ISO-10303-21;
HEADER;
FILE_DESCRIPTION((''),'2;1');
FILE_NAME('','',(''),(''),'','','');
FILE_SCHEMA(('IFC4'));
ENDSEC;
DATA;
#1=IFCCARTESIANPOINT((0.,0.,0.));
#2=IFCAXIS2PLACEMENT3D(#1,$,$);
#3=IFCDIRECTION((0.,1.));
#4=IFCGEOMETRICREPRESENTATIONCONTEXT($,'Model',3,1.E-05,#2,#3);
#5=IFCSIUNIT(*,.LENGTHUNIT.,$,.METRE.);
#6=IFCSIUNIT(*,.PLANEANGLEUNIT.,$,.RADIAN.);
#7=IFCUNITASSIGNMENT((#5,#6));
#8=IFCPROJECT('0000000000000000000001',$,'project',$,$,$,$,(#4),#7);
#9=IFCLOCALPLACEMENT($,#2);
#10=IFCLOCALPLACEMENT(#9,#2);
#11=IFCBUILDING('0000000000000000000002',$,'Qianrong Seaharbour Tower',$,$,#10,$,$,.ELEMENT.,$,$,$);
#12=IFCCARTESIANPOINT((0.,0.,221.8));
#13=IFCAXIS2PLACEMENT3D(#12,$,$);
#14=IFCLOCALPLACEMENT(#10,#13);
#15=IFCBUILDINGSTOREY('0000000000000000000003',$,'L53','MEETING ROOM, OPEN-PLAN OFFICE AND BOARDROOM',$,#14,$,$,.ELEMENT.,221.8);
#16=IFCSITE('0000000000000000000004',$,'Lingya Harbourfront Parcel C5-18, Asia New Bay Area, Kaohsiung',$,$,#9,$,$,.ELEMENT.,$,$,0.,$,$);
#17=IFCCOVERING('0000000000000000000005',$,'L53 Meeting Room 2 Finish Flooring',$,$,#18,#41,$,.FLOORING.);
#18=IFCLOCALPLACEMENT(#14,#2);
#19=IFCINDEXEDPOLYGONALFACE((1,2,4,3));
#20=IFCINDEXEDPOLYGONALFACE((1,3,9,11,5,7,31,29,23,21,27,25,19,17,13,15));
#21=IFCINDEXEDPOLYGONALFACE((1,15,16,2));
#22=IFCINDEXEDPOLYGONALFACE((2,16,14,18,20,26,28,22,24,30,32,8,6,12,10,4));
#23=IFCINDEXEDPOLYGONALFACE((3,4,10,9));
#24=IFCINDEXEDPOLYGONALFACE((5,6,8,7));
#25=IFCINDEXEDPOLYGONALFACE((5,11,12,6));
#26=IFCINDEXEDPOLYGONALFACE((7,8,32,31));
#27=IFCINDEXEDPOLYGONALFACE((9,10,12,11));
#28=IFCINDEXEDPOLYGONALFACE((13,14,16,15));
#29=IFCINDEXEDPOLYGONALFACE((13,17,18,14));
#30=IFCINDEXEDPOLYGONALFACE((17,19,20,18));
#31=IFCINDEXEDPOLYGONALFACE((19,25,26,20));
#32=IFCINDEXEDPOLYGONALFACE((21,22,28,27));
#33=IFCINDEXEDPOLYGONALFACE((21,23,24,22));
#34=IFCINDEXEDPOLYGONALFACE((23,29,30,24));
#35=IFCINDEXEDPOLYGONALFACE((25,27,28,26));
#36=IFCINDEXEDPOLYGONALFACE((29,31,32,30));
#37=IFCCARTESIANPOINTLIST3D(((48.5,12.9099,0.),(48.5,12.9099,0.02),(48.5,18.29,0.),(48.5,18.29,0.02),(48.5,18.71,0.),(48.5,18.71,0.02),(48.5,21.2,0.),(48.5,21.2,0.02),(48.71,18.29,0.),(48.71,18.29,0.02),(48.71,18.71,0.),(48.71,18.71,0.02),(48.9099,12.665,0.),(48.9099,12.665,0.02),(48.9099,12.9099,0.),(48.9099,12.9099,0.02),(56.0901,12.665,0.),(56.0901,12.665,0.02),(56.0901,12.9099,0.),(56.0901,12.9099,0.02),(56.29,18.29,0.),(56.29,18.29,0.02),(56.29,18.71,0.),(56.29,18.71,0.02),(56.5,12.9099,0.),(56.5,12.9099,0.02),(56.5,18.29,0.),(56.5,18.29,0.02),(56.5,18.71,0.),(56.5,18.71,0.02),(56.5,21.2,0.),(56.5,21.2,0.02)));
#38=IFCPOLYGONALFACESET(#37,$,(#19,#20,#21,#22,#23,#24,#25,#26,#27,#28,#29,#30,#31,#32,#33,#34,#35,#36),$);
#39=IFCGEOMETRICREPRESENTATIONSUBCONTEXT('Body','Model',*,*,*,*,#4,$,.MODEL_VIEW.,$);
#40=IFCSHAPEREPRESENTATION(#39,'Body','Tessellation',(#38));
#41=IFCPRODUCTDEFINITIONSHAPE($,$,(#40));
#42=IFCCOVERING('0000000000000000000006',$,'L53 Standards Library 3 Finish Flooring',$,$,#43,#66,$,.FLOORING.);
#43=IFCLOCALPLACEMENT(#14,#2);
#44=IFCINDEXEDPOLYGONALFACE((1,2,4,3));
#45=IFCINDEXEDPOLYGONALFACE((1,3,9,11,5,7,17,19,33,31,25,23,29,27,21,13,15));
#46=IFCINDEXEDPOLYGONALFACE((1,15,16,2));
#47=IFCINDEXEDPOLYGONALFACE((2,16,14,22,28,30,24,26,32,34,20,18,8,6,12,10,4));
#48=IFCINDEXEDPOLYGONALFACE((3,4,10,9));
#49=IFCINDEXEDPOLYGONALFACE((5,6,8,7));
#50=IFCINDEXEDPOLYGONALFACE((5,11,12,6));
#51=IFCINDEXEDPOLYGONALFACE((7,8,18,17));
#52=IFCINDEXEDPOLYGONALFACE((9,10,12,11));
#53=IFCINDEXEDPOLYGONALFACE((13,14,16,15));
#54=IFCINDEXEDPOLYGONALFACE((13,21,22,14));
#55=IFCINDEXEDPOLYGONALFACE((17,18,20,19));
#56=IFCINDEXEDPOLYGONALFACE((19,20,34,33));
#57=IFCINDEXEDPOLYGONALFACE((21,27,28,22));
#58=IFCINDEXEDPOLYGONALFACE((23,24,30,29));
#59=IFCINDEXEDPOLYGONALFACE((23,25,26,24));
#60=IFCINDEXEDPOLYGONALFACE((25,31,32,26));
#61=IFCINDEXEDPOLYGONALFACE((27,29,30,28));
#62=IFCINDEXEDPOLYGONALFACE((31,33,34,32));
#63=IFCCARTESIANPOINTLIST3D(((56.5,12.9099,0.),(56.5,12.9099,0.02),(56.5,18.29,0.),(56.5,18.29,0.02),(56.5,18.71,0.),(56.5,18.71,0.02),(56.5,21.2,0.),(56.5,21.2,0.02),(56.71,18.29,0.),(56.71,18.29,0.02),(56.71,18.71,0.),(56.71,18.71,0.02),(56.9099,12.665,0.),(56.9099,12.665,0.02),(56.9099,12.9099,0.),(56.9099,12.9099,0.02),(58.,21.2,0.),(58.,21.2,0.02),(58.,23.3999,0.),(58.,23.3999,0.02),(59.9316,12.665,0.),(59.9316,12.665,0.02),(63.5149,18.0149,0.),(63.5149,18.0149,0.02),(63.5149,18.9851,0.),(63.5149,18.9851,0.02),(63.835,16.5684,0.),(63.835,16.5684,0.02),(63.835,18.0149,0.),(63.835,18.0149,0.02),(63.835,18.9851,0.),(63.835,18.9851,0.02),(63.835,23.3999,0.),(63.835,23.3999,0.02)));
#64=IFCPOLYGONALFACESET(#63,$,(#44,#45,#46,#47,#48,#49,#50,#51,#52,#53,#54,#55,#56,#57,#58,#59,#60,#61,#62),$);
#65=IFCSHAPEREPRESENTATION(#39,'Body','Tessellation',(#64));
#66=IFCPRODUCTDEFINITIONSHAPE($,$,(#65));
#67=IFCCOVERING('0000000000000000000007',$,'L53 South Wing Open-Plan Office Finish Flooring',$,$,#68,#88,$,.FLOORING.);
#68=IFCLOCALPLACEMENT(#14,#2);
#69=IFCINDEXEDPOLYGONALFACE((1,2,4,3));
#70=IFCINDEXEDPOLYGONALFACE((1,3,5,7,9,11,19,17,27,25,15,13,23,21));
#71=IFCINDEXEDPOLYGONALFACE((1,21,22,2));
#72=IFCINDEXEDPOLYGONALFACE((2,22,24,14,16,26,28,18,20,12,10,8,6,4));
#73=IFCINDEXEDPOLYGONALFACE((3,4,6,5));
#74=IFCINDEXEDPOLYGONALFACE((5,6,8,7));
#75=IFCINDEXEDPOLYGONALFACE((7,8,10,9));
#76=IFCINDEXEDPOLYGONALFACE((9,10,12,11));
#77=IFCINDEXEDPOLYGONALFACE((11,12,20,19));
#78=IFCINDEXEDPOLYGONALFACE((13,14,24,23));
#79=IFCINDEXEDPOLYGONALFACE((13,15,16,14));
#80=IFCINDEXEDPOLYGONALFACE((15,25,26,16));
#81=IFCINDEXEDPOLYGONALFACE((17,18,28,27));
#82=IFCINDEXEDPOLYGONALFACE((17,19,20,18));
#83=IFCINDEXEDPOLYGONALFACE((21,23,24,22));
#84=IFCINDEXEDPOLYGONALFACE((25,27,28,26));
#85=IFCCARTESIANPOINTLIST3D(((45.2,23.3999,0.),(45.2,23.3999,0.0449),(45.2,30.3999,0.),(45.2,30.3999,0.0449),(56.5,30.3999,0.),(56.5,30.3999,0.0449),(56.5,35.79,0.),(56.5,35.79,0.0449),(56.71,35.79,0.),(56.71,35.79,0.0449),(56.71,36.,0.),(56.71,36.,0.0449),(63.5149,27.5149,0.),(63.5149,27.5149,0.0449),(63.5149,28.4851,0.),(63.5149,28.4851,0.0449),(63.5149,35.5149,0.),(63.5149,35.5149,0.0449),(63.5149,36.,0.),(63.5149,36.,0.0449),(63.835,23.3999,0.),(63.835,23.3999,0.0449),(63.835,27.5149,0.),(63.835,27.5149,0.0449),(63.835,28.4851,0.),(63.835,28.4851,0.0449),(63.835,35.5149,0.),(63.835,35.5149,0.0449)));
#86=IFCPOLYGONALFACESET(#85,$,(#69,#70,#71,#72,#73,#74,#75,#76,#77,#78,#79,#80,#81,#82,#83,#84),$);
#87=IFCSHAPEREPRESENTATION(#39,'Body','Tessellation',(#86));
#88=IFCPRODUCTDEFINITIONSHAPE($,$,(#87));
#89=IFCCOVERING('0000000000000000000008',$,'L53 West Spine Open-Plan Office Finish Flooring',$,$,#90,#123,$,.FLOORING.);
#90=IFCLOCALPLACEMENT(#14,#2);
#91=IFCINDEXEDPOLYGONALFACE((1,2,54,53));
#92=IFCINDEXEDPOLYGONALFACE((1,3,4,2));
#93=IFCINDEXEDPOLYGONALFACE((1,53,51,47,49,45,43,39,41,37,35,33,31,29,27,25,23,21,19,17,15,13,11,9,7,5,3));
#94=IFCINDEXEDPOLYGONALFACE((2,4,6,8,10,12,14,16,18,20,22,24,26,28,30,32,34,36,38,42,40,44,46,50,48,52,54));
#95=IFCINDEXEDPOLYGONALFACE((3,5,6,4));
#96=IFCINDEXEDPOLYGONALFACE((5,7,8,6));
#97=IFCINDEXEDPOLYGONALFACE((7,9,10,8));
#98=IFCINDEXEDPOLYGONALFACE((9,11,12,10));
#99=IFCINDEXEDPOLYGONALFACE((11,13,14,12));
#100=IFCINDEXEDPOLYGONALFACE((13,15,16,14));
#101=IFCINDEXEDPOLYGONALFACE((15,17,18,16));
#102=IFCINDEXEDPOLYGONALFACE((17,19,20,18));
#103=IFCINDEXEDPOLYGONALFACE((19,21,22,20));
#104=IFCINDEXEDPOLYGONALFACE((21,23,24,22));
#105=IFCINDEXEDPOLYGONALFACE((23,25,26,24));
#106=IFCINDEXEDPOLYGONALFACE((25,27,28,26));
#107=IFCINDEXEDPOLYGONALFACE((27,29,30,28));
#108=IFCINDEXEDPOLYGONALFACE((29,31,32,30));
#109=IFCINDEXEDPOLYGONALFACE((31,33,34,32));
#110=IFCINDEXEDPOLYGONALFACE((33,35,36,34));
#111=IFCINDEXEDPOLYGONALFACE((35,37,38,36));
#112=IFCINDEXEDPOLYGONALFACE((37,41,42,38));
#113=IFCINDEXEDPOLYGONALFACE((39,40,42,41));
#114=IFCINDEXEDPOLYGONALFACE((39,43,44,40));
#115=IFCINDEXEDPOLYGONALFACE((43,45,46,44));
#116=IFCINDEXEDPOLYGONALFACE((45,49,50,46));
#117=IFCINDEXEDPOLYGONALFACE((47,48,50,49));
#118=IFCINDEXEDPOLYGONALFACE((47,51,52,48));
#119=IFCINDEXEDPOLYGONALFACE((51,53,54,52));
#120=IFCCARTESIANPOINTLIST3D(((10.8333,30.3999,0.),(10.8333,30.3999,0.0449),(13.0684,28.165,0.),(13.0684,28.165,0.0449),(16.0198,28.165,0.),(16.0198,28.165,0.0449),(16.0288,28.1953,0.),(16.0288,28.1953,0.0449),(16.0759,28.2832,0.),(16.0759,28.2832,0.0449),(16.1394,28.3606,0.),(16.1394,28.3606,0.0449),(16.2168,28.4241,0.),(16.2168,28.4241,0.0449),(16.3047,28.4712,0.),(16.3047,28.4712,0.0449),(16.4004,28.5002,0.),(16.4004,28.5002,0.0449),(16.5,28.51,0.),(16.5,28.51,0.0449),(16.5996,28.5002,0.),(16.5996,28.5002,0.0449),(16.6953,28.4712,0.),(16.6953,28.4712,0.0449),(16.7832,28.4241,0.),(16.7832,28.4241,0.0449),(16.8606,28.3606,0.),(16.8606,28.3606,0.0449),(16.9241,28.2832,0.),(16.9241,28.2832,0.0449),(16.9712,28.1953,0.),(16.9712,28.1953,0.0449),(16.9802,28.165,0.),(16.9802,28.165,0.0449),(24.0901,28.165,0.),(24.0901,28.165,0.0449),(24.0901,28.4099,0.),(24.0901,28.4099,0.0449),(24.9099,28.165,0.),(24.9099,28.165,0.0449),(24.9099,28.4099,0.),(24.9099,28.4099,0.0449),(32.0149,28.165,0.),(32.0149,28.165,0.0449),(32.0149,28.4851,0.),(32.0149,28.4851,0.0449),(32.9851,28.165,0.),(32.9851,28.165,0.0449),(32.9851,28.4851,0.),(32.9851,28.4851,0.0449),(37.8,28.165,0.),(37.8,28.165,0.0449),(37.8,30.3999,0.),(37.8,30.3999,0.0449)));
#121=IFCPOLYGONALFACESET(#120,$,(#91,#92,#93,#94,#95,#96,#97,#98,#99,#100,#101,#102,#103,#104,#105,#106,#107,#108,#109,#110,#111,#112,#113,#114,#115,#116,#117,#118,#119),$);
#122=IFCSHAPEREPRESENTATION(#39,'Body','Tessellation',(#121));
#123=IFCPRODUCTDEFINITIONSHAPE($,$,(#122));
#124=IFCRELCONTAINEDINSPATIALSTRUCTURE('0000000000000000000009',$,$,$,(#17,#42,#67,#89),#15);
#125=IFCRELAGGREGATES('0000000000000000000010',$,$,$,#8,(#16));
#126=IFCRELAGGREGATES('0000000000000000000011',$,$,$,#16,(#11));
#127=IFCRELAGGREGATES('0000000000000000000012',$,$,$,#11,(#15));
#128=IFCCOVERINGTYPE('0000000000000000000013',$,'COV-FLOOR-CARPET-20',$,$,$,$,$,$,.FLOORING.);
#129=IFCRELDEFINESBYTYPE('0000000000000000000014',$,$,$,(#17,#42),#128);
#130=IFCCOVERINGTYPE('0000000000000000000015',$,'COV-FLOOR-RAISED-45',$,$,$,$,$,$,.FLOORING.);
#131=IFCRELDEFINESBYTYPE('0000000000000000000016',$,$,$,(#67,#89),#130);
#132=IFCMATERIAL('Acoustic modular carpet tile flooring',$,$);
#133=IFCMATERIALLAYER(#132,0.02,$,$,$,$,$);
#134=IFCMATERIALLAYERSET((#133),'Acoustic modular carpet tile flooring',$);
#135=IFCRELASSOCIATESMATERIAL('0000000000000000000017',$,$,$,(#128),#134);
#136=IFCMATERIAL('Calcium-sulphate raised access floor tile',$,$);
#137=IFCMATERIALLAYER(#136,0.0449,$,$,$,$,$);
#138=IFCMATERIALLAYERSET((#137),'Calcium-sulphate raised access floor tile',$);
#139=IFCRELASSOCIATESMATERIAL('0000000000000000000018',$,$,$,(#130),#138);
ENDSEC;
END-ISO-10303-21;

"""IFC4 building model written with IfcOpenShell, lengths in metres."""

from ifc_helpers import new_model, si_unit, direction, frame, origin, place, context, subcontext, project, spatial, polyline, outline, extrude, material, layer, layer_set, type_object, element, save


model = new_model("IFC4")

# Units and contexts
model_context = context("Model", 3, precision=1e-05, world=origin(), true_north=direction((0.0, 1.0)))
body_context = subcontext(model_context, "Body", "Model", "MODEL_VIEW")
ifc_project = project(units=[si_unit("LENGTHUNIT", "METRE"), si_unit("PLANEANGLEUNIT", "RADIAN")], contexts=[model_context])

# Site, building, storey
site_placement = place(None, origin())
site = spatial("IfcSite", under=ifc_project, at=site_placement, Name="Lingya Harbourfront Parcel C5-18, Asia New Bay Area, Kaohsiung", CompositionType="ELEMENT", RefElevation=0.0)
building_placement = place(site_placement, origin())
building = spatial("IfcBuilding", under=site, at=building_placement, Name="Qianrong Seaharbour Tower", CompositionType="ELEMENT")
storey_placement = place(building_placement, frame((0.0, 0.0, 221.8)))
storey = spatial("IfcBuildingStorey", under=building, at=storey_placement, Name="L53", Description="MEETING ROOM, OPEN-PLAN OFFICE AND BOARDROOM", CompositionType="ELEMENT", Elevation=221.8)

# Coverings
ifc_material_1 = material(Name="Acoustic modular carpet tile flooring")
ifc_layer_1 = layer(ifc_material_1, 0.02)
ifc_layer_set_1 = layer_set([ifc_layer_1], Name="Acoustic modular carpet tile flooring")
covering_type_1 = type_object("IfcCoveringType", Name="COV-FLOOR-CARPET-20", PredefinedType="FLOORING", material=ifc_layer_set_1)
covering_1_placement = place(storey_placement, origin())
element("IfcCovering", 1, at=covering_1_placement, inside=storey, type_object=covering_type_1, Name="L53 Meeting Room 2 Finish Flooring", PredefinedType="FLOORING", context=body_context, shape_type="SweptSolid", body=[
    extrude(outline(polyline([(48.9099, 12.665), (48.9099, 12.9099), (48.5, 12.9099), (48.5, 18.29), (48.71, 18.29), (48.71, 18.71), (48.5, 18.71), (48.5, 21.2), (56.5, 21.2), (56.5, 18.71), (56.29, 18.71), (56.29, 18.29), (56.5, 18.29), (56.5, 12.9099), (56.0901, 12.9099), (56.0901, 12.665), (48.9099, 12.665)])), origin(), (0.0, 0.0, 1.0), 0.02),
])
covering_2_placement = place(storey_placement, origin())
element("IfcCovering", 2, at=covering_2_placement, inside=storey, type_object=covering_type_1, Name="L53 Standards Library 3 Finish Flooring", PredefinedType="FLOORING", context=body_context, shape_type="SweptSolid", body=[
    extrude(outline(polyline([(59.9316, 12.665), (56.9099, 12.665), (56.9099, 12.9099), (56.5, 12.9099), (56.5, 18.29), (56.71, 18.29), (56.71, 18.71), (56.5, 18.71), (56.5, 21.2), (58.0, 21.2), (58.0, 23.3999), (63.835, 23.3999), (63.835, 18.9851), (63.5149, 18.9851), (63.5149, 18.0149), (63.835, 18.0149), (63.835, 16.5684), (59.9316, 12.665)])), origin(), (0.0, 0.0, 1.0), 0.02),
])
ifc_material_2 = material(Name="Calcium-sulphate raised access floor tile")
ifc_layer_2 = layer(ifc_material_2, 0.0449)
ifc_layer_set_2 = layer_set([ifc_layer_2], Name="Calcium-sulphate raised access floor tile")
covering_type_2 = type_object("IfcCoveringType", Name="COV-FLOOR-RAISED-45", PredefinedType="FLOORING", material=ifc_layer_set_2)
covering_3_placement = place(storey_placement, origin())
element("IfcCovering", 3, at=covering_3_placement, inside=storey, type_object=covering_type_2, Name="L53 South Wing Open-Plan Office Finish Flooring", PredefinedType="FLOORING", context=body_context, shape_type="SweptSolid", body=[
    extrude(outline(polyline([(56.5, 30.3999), (56.5, 35.79), (56.71, 35.79), (56.71, 36.0), (63.5149, 36.0), (63.5149, 35.5149), (63.835, 35.5149), (63.835, 28.4851), (63.5149, 28.4851), (63.5149, 27.5149), (63.835, 27.5149), (63.835, 23.3999), (45.2, 23.3999), (45.2, 30.3999), (56.5, 30.3999)])), origin(), (0.0, 0.0, 1.0), 0.0449),
])
covering_4_placement = place(storey_placement, origin())
element("IfcCovering", 4, at=covering_4_placement, inside=storey, type_object=covering_type_2, Name="L53 West Spine Open-Plan Office Finish Flooring", PredefinedType="FLOORING", context=body_context, shape_type="SweptSolid", body=[
    extrude(outline(polyline([(32.9851, 28.165), (32.9851, 28.4851), (32.0149, 28.4851), (32.0149, 28.165), (24.9099, 28.165), (24.9099, 28.4099), (24.0901, 28.4099), (24.0901, 28.165), (16.9802, 28.165), (16.9712, 28.1953), (16.9241, 28.2832), (16.8606, 28.3606), (16.7832, 28.4241), (16.6953, 28.4712), (16.5996, 28.5002), (16.5, 28.51), (16.4004, 28.5002), (16.3047, 28.4712), (16.2168, 28.4241), (16.1394, 28.3606), (16.0759, 28.2832), (16.0288, 28.1953), (16.0198, 28.165), (13.0684, 28.165), (10.8333, 30.3999), (37.8, 30.3999), (37.8, 28.165), (32.9851, 28.165)])), origin(), (0.0, 0.0, 1.0), 0.0449),
])

save(model, "model.ifc")
